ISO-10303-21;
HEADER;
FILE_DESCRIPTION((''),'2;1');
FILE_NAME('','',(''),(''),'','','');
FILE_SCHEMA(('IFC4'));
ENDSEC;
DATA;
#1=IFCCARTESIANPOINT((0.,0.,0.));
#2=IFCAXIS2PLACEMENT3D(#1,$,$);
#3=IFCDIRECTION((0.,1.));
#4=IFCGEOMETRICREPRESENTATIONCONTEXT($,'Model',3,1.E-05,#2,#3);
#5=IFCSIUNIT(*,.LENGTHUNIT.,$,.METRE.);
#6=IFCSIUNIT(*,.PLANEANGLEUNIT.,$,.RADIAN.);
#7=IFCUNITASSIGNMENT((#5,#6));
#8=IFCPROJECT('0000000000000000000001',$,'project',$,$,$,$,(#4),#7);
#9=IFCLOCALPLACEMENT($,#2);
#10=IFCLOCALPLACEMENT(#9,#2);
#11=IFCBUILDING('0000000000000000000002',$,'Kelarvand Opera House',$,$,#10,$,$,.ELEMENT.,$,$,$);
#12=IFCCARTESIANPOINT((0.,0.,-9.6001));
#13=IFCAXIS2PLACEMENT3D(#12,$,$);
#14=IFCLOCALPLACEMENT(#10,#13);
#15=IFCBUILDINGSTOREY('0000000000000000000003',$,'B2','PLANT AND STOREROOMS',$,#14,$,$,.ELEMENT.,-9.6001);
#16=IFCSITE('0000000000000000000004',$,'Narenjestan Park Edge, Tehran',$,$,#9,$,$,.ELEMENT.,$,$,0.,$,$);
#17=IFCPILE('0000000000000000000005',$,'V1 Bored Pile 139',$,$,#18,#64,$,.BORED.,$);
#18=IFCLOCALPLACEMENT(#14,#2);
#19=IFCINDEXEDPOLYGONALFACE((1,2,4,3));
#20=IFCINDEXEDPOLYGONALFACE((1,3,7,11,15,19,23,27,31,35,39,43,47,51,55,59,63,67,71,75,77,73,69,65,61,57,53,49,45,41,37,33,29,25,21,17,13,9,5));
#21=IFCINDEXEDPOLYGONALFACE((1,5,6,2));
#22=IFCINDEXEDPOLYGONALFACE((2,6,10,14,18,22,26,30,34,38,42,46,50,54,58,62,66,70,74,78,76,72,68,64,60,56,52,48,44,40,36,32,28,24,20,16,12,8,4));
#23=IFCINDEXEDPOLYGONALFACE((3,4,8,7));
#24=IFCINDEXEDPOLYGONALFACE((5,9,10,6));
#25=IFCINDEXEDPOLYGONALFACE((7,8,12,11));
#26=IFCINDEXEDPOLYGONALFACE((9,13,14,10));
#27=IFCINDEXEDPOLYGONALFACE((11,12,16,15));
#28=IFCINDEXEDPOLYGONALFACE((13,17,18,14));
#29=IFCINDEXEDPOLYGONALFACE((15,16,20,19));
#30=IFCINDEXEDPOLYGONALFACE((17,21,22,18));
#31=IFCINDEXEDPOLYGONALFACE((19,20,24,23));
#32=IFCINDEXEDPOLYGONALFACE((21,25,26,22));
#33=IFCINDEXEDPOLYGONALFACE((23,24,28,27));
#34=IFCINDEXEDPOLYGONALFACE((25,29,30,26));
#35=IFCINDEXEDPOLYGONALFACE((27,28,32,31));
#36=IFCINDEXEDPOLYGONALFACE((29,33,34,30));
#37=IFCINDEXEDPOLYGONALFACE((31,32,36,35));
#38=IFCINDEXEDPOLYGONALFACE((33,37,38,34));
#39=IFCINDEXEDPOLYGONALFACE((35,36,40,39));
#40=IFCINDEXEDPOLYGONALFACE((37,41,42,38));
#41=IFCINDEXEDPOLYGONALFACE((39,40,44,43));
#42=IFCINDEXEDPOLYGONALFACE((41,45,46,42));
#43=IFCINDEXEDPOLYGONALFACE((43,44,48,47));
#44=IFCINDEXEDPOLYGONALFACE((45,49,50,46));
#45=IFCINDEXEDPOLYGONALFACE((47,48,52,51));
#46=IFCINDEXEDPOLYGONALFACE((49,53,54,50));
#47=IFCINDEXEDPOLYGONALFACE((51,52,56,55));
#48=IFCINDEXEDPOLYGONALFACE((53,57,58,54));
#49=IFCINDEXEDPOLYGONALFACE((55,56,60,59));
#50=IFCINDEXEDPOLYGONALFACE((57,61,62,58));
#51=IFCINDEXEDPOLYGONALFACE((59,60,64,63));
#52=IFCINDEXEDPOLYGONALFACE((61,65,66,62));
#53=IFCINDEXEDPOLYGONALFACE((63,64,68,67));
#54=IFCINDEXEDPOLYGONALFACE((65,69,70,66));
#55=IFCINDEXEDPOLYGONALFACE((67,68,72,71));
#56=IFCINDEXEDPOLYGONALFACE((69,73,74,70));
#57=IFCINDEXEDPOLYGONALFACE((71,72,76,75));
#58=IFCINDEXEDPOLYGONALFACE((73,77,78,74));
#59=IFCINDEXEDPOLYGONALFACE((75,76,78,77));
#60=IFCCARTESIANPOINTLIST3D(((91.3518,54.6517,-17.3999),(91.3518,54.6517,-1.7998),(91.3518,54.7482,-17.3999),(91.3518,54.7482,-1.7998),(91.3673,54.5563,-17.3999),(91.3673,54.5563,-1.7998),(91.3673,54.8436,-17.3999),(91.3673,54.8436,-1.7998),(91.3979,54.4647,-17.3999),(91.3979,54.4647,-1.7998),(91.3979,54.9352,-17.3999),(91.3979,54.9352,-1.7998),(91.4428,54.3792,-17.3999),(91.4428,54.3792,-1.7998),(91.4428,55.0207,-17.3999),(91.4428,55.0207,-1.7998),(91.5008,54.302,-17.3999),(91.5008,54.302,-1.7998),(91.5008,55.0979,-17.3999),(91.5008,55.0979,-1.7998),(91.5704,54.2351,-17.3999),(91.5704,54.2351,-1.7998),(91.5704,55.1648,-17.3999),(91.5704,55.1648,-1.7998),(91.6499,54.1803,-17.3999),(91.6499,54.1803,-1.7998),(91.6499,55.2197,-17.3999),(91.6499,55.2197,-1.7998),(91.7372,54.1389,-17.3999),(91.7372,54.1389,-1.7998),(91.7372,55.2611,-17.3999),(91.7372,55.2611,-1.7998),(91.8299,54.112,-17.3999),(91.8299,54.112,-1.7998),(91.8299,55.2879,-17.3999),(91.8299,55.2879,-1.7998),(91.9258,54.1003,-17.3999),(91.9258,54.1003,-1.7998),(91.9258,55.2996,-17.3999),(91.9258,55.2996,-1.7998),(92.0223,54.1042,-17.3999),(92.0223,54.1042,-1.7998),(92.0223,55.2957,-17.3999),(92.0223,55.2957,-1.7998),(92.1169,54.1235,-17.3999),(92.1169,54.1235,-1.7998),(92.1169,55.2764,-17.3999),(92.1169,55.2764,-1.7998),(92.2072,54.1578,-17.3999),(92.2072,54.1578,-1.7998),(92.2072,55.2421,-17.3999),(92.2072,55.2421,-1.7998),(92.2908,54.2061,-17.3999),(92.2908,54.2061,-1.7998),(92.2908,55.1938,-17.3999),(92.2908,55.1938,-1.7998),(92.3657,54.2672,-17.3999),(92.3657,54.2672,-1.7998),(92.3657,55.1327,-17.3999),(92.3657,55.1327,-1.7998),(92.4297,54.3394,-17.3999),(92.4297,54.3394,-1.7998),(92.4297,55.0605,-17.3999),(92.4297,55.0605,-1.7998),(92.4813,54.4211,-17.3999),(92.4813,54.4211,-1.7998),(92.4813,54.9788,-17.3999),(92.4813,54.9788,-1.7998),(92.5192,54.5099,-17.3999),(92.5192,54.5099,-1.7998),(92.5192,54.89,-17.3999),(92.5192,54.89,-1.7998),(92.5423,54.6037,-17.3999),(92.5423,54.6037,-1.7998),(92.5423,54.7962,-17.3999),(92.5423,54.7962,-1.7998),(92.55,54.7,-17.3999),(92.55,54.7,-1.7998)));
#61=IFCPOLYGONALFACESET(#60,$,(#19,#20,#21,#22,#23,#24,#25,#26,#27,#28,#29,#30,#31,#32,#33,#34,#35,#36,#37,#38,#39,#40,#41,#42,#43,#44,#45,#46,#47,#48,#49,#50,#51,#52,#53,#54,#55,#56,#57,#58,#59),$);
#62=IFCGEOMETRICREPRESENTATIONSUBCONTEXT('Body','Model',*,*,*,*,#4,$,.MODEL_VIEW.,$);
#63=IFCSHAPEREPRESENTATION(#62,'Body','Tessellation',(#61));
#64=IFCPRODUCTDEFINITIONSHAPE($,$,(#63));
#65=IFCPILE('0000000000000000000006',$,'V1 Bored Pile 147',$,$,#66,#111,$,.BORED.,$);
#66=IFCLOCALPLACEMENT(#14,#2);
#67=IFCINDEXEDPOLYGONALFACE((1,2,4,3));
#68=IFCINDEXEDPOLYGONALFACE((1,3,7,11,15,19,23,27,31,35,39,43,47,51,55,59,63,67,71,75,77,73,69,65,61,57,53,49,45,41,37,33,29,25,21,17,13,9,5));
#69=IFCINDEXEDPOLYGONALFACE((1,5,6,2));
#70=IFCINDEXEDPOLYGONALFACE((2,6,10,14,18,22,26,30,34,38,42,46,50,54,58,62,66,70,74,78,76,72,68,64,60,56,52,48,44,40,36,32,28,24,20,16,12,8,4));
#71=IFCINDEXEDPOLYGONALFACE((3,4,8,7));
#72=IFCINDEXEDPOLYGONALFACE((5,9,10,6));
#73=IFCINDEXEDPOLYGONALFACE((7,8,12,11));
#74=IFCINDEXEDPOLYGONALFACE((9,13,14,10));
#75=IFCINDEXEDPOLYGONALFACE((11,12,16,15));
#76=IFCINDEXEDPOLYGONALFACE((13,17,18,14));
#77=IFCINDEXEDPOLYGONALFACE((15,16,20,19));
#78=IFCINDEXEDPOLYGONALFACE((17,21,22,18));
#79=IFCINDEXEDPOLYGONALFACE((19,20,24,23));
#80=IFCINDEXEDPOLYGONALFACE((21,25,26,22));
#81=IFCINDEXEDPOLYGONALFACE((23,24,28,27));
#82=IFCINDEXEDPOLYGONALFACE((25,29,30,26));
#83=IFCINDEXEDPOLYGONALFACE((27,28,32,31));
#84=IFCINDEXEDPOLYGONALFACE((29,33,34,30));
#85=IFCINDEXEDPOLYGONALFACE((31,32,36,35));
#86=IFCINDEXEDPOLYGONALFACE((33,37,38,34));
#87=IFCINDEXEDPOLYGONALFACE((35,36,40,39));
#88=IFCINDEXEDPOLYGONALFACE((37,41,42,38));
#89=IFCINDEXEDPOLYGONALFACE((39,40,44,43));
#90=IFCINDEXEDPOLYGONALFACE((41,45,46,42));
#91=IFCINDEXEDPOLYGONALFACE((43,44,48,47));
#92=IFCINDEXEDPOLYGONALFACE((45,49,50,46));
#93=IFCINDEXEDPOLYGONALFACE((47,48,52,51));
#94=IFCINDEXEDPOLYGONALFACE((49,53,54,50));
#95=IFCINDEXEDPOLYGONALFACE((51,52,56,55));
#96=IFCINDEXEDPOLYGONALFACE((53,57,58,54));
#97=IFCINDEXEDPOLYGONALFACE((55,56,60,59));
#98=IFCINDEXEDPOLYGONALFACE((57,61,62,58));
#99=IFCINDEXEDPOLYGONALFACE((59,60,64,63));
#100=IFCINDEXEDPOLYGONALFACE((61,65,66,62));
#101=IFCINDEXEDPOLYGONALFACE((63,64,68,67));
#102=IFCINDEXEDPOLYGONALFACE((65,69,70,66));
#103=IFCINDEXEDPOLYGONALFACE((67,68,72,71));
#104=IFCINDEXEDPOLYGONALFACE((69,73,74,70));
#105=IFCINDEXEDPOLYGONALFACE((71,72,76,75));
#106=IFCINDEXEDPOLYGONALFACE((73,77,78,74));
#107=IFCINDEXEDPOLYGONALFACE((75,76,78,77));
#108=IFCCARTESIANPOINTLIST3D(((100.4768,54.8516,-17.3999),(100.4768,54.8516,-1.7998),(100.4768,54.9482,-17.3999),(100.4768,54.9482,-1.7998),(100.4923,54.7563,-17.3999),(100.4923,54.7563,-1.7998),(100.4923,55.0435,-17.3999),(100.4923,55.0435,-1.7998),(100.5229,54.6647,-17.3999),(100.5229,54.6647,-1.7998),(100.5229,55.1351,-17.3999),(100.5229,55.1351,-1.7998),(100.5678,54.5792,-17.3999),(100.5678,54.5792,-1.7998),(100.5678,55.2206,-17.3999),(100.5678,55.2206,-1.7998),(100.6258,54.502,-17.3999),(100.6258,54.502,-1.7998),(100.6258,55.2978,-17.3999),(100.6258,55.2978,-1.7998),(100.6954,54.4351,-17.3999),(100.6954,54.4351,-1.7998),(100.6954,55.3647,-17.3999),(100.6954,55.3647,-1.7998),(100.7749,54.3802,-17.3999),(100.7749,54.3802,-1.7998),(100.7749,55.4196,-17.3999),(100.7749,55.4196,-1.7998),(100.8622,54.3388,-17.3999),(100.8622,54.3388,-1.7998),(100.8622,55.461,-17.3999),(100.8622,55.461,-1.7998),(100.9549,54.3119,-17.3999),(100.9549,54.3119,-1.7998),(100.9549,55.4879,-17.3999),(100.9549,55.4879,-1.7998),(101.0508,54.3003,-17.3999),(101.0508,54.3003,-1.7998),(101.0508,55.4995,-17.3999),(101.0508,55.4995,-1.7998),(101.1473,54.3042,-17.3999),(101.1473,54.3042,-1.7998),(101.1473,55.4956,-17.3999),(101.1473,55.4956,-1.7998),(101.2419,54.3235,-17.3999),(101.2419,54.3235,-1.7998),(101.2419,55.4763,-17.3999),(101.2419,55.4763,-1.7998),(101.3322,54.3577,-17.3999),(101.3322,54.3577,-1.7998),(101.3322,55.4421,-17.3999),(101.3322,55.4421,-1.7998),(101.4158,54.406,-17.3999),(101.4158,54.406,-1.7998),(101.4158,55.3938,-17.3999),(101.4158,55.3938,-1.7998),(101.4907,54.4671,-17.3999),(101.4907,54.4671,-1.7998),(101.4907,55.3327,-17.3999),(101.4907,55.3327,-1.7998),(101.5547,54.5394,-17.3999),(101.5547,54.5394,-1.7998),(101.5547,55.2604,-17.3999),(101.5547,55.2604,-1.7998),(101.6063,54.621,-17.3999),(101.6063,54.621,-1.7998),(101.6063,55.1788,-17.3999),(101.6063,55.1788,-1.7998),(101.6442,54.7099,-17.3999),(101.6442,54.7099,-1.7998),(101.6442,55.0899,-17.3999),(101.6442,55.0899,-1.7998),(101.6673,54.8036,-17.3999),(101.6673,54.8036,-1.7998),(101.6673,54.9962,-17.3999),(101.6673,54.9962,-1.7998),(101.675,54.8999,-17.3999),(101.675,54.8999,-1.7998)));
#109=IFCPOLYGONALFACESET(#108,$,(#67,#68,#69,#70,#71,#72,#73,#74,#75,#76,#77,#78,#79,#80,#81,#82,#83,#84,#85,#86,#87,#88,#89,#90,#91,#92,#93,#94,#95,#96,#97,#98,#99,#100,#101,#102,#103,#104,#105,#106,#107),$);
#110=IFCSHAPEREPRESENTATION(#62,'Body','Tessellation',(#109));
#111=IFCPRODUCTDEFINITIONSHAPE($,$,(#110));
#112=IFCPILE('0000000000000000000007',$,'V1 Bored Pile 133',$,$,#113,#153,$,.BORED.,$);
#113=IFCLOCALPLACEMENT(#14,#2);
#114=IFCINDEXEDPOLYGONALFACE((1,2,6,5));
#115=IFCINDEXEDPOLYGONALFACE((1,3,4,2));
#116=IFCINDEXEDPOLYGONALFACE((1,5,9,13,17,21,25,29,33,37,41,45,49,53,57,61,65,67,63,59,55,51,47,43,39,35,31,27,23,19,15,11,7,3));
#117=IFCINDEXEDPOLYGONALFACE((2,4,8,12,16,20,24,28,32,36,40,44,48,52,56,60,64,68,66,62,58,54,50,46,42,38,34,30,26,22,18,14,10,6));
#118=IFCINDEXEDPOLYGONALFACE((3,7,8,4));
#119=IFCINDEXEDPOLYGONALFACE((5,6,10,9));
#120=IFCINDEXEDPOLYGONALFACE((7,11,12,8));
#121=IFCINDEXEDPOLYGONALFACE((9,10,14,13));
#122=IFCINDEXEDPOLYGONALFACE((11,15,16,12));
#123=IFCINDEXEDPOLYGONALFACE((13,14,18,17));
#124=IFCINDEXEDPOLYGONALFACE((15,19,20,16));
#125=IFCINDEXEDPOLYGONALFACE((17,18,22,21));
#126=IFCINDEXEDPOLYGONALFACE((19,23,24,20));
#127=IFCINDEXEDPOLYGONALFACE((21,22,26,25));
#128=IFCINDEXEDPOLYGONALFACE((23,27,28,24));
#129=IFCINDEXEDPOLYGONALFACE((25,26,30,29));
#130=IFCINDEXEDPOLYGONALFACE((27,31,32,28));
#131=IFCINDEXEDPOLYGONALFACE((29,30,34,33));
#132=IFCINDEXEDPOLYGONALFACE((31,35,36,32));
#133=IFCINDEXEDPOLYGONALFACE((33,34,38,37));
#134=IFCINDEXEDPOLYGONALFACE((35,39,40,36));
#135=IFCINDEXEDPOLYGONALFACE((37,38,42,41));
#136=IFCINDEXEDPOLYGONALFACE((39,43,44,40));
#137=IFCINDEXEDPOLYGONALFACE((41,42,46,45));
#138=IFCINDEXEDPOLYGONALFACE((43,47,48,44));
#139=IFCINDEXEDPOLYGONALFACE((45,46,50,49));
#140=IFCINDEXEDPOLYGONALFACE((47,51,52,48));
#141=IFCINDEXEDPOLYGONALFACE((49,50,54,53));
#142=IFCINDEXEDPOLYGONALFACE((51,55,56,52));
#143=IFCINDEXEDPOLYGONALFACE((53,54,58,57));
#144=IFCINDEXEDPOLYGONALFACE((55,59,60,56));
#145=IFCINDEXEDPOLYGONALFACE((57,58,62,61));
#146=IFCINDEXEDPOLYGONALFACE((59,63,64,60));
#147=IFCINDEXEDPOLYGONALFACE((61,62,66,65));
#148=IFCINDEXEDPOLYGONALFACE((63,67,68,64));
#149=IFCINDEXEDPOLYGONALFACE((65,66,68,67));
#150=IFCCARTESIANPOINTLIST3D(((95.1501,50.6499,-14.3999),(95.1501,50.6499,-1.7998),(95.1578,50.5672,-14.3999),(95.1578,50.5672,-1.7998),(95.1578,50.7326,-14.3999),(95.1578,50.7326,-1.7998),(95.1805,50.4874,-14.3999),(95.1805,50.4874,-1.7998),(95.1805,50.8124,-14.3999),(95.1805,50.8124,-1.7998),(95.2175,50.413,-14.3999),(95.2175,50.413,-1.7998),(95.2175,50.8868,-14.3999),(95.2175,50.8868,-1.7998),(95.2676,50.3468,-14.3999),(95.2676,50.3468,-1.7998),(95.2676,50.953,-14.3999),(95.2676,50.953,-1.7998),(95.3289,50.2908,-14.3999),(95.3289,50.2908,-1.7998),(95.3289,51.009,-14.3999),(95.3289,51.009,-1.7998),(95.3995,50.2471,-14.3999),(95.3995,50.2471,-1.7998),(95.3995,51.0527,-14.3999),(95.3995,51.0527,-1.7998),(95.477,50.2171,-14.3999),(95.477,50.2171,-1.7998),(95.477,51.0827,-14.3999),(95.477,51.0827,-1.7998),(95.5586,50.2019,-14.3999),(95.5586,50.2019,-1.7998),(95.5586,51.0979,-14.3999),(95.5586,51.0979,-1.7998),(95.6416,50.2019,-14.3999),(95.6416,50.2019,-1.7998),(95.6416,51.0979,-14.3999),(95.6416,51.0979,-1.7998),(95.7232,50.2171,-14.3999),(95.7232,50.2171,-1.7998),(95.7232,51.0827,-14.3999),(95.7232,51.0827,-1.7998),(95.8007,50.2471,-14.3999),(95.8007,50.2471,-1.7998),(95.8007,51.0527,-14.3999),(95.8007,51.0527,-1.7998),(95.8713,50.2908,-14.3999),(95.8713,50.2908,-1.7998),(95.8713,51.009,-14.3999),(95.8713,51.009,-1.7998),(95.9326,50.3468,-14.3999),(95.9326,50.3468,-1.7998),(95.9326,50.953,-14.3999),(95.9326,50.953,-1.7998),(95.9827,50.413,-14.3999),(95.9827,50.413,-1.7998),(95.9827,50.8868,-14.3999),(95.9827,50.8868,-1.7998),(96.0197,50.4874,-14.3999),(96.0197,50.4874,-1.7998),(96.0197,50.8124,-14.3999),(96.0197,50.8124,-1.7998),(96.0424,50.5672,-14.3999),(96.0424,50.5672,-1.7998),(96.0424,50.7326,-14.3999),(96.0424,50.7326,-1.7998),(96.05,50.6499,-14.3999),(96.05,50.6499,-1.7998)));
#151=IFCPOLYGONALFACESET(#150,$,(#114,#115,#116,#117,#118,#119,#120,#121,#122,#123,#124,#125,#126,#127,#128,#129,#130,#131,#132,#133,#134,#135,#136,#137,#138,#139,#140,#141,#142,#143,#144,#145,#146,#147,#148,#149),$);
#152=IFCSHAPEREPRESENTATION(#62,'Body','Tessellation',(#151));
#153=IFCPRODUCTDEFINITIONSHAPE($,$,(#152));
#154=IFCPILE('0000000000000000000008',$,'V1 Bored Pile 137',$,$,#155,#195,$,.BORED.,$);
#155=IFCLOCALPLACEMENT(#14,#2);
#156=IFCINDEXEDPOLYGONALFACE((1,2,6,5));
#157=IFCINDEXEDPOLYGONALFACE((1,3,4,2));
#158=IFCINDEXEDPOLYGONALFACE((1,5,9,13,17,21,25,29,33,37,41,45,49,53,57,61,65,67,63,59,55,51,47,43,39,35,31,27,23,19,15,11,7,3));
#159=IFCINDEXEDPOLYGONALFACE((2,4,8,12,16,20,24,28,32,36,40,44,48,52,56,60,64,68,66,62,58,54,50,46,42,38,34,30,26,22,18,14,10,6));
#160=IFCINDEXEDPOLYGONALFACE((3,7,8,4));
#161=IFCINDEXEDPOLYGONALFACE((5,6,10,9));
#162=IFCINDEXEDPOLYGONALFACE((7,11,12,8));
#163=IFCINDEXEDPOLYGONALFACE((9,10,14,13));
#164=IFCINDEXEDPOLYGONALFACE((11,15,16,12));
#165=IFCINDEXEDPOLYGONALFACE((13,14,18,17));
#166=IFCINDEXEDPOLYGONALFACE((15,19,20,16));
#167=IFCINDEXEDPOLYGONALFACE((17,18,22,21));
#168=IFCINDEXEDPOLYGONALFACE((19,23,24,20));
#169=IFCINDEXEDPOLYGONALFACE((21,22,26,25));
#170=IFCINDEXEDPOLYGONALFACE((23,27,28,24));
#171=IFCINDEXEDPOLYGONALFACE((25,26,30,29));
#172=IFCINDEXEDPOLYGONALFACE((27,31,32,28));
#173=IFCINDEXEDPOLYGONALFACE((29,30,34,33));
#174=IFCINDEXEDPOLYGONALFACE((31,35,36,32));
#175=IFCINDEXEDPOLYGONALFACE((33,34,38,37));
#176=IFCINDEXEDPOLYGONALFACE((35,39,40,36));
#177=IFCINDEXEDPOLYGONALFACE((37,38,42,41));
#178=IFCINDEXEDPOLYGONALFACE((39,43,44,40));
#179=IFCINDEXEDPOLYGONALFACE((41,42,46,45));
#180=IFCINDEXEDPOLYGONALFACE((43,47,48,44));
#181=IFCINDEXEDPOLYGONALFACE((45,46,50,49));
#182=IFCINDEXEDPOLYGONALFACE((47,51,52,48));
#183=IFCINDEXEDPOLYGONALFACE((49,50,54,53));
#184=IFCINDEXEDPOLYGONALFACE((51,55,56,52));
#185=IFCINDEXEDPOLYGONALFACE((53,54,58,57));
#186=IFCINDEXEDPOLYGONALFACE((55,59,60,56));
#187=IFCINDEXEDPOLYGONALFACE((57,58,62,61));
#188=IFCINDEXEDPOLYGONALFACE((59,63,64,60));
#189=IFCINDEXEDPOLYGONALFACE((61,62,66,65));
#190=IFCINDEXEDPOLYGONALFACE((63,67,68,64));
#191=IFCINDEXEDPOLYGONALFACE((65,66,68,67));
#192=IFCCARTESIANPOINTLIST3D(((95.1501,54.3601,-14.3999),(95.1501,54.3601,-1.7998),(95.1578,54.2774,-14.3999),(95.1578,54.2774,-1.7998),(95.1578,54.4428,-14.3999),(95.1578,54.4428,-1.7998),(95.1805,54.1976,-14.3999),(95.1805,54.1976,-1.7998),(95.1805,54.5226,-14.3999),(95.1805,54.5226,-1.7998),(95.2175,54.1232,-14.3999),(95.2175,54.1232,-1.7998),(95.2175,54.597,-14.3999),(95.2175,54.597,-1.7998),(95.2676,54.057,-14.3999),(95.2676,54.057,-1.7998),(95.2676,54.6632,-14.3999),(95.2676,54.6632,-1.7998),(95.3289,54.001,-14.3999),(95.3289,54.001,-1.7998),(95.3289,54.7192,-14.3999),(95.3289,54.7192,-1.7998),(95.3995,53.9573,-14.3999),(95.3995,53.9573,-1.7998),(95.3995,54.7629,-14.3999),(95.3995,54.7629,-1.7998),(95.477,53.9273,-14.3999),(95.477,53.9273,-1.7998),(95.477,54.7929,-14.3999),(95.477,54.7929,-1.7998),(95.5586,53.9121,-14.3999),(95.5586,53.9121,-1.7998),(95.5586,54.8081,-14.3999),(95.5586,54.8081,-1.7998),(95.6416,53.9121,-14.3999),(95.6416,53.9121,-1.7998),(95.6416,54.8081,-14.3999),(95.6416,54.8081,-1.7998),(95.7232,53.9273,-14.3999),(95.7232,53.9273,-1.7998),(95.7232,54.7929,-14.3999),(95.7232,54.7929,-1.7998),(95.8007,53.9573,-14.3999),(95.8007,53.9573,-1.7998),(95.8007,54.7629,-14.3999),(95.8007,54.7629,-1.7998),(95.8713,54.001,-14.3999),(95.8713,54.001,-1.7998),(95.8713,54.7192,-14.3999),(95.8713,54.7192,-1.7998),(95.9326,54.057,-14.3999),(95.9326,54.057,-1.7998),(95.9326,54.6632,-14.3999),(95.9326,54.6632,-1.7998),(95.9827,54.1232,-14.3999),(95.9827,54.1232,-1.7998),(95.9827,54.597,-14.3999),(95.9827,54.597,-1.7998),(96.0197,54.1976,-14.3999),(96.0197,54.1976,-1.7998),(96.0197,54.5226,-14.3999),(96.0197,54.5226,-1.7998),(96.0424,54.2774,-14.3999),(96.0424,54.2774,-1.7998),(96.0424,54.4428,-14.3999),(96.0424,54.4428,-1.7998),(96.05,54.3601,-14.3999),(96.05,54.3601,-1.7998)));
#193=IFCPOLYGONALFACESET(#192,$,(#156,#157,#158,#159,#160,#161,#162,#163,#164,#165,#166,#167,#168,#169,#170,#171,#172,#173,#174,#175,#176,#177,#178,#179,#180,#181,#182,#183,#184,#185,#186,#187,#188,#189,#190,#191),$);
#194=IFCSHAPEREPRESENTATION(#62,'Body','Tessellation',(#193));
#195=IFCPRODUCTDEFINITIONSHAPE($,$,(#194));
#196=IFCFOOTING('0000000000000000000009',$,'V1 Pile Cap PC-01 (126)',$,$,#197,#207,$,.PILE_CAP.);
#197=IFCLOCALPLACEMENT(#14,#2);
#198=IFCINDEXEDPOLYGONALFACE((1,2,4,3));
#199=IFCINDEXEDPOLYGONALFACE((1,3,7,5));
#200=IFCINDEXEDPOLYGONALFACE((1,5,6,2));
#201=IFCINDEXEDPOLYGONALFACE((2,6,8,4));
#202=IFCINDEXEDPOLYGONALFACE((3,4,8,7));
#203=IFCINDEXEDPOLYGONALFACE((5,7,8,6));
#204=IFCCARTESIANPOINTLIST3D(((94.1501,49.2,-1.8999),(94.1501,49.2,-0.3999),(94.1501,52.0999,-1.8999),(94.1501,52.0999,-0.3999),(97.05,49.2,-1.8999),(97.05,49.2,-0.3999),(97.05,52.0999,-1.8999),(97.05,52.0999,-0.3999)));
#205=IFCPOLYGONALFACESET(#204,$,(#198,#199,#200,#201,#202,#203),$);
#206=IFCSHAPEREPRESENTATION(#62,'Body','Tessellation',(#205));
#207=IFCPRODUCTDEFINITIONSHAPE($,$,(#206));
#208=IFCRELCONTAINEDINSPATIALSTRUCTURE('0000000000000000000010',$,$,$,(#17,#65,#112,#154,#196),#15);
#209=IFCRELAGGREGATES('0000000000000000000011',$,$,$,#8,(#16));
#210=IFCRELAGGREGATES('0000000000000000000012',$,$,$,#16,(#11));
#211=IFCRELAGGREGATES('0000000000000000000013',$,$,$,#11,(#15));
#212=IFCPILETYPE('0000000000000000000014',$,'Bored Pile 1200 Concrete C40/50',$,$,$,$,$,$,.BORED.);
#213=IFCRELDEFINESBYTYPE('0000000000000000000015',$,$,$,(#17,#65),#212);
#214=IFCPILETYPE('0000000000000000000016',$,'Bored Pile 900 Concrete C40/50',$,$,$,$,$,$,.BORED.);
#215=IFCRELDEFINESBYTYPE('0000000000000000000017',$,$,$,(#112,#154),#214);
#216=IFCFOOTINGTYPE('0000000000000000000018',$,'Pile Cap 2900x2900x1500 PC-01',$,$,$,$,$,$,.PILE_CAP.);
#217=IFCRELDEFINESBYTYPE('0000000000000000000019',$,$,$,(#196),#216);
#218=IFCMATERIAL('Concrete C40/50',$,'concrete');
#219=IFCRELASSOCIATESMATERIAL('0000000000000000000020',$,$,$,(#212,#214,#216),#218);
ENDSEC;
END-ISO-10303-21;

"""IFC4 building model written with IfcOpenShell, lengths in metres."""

from ifc_helpers import new_model, si_unit, direction, frame, origin, origin_2d, place, context, subcontext, project, spatial, rectangle, circle, extrude, material, material_profile, profile_set, type_object, element, save


model = new_model("IFC4")

# Units and contexts
model_context = context("Model", 3, precision=1e-05, world=origin(), true_north=direction((0.0, 1.0)))
body_context = subcontext(model_context, "Body", "Model", "MODEL_VIEW")
ifc_project = project(units=[si_unit("LENGTHUNIT", "METRE"), si_unit("PLANEANGLEUNIT", "RADIAN")], contexts=[model_context])

# Site, building, storey
site_placement = place(None, origin())
site = spatial("IfcSite", under=ifc_project, at=site_placement, Name="Narenjestan Park Edge, Tehran", CompositionType="ELEMENT", RefElevation=0.0)
building_placement = place(site_placement, origin())
building = spatial("IfcBuilding", under=site, at=building_placement, Name="Kelarvand Opera House", CompositionType="ELEMENT")
storey_placement = place(building_placement, frame((0.0, 0.0, -9.6001)))
storey = spatial("IfcBuildingStorey", under=building, at=storey_placement, Name="B2", Description="PLANT AND STOREROOMS", CompositionType="ELEMENT", Elevation=-9.6001)

# Piles
ifc_material_1 = material(Name="Concrete C40/50", Category="concrete")
ifc_material_profile_1 = material_profile(ifc_material_1, circle(Radius=0.6001, at=origin_2d()), Name="BP 1200", Category="concrete")
ifc_profile_set_1 = profile_set([ifc_material_profile_1], Name="Concrete C40/50")
pile_type_1 = type_object("IfcPileType", Name="Bored Pile 1200 Concrete C40/50", PredefinedType="BORED", material=ifc_profile_set_1)
for number, where, z_axis, x_axis, name in (
    (1, (91.95, 54.7, -1.7998), (0.0, 0.0, -1.0), (1.0, 0.0, 0.0), "V1 Bored Pile 139"),
    (2, (101.075, 54.8999, -1.7998), (0.0, 0.0, -1.0), (1.0, 0.0, 0.0), "V1 Bored Pile 147"),
):
    element("IfcPile", number, at=place(storey_placement, frame(where, z_axis=z_axis, x_axis=x_axis)), inside=storey, type_object=pile_type_1, Name=name, PredefinedType="BORED", context=body_context, shape_type="SweptSolid", body=[
        extrude(circle(Radius=0.6001, at=origin_2d()), origin(), (0.0, 0.0, 1.0), 15.6001),
    ])
ifc_material_profile_2 = material_profile(ifc_material_1, circle(Radius=0.45, at=origin_2d()), Name="BP 900", Category="concrete")
ifc_profile_set_2 = profile_set([ifc_material_profile_2], Name="Concrete C40/50")
pile_type_2 = type_object("IfcPileType", Name="Bored Pile 900 Concrete C40/50", PredefinedType="BORED", material=ifc_profile_set_2)
for number, where, z_axis, x_axis, name in (
    (3, (95.6001, 50.6499, -1.7998), (0.0, 0.0, -1.0), (1.0, 0.0, 0.0), "V1 Bored Pile 133"),
    (4, (95.6001, 54.3601, -1.7998), (0.0, 0.0, -1.0), (1.0, 0.0, 0.0), "V1 Bored Pile 137"),
):
    element("IfcPile", number, at=place(storey_placement, frame(where, z_axis=z_axis, x_axis=x_axis)), inside=storey, type_object=pile_type_2, Name=name, PredefinedType="BORED", context=body_context, shape_type="SweptSolid", body=[
        extrude(circle(Radius=0.45, at=origin_2d()), origin(), (0.0, 0.0, 1.0), 12.6001),
    ])

# Footing
footing_type_1 = type_object("IfcFootingType", Name="Pile Cap 2900x2900x1500 PC-01", PredefinedType="PILE_CAP", material=ifc_material_1)
footing_1_placement = place(storey_placement, frame((95.6001, 50.6499, -1.8999), z_axis=(0.0, 0.0, 1.0), x_axis=(1.0, 0.0, 0.0)))
element("IfcFooting", 5, at=footing_1_placement, inside=storey, type_object=footing_type_1, Name="V1 Pile Cap PC-01 (126)", PredefinedType="PILE_CAP", context=body_context, shape_type="SweptSolid", body=[
    extrude(rectangle(XDim=2.8999, YDim=2.8999, at=origin_2d()), origin(), (0.0, 0.0, 1.0), 1.5),
])

save(model, "model.ifc")
